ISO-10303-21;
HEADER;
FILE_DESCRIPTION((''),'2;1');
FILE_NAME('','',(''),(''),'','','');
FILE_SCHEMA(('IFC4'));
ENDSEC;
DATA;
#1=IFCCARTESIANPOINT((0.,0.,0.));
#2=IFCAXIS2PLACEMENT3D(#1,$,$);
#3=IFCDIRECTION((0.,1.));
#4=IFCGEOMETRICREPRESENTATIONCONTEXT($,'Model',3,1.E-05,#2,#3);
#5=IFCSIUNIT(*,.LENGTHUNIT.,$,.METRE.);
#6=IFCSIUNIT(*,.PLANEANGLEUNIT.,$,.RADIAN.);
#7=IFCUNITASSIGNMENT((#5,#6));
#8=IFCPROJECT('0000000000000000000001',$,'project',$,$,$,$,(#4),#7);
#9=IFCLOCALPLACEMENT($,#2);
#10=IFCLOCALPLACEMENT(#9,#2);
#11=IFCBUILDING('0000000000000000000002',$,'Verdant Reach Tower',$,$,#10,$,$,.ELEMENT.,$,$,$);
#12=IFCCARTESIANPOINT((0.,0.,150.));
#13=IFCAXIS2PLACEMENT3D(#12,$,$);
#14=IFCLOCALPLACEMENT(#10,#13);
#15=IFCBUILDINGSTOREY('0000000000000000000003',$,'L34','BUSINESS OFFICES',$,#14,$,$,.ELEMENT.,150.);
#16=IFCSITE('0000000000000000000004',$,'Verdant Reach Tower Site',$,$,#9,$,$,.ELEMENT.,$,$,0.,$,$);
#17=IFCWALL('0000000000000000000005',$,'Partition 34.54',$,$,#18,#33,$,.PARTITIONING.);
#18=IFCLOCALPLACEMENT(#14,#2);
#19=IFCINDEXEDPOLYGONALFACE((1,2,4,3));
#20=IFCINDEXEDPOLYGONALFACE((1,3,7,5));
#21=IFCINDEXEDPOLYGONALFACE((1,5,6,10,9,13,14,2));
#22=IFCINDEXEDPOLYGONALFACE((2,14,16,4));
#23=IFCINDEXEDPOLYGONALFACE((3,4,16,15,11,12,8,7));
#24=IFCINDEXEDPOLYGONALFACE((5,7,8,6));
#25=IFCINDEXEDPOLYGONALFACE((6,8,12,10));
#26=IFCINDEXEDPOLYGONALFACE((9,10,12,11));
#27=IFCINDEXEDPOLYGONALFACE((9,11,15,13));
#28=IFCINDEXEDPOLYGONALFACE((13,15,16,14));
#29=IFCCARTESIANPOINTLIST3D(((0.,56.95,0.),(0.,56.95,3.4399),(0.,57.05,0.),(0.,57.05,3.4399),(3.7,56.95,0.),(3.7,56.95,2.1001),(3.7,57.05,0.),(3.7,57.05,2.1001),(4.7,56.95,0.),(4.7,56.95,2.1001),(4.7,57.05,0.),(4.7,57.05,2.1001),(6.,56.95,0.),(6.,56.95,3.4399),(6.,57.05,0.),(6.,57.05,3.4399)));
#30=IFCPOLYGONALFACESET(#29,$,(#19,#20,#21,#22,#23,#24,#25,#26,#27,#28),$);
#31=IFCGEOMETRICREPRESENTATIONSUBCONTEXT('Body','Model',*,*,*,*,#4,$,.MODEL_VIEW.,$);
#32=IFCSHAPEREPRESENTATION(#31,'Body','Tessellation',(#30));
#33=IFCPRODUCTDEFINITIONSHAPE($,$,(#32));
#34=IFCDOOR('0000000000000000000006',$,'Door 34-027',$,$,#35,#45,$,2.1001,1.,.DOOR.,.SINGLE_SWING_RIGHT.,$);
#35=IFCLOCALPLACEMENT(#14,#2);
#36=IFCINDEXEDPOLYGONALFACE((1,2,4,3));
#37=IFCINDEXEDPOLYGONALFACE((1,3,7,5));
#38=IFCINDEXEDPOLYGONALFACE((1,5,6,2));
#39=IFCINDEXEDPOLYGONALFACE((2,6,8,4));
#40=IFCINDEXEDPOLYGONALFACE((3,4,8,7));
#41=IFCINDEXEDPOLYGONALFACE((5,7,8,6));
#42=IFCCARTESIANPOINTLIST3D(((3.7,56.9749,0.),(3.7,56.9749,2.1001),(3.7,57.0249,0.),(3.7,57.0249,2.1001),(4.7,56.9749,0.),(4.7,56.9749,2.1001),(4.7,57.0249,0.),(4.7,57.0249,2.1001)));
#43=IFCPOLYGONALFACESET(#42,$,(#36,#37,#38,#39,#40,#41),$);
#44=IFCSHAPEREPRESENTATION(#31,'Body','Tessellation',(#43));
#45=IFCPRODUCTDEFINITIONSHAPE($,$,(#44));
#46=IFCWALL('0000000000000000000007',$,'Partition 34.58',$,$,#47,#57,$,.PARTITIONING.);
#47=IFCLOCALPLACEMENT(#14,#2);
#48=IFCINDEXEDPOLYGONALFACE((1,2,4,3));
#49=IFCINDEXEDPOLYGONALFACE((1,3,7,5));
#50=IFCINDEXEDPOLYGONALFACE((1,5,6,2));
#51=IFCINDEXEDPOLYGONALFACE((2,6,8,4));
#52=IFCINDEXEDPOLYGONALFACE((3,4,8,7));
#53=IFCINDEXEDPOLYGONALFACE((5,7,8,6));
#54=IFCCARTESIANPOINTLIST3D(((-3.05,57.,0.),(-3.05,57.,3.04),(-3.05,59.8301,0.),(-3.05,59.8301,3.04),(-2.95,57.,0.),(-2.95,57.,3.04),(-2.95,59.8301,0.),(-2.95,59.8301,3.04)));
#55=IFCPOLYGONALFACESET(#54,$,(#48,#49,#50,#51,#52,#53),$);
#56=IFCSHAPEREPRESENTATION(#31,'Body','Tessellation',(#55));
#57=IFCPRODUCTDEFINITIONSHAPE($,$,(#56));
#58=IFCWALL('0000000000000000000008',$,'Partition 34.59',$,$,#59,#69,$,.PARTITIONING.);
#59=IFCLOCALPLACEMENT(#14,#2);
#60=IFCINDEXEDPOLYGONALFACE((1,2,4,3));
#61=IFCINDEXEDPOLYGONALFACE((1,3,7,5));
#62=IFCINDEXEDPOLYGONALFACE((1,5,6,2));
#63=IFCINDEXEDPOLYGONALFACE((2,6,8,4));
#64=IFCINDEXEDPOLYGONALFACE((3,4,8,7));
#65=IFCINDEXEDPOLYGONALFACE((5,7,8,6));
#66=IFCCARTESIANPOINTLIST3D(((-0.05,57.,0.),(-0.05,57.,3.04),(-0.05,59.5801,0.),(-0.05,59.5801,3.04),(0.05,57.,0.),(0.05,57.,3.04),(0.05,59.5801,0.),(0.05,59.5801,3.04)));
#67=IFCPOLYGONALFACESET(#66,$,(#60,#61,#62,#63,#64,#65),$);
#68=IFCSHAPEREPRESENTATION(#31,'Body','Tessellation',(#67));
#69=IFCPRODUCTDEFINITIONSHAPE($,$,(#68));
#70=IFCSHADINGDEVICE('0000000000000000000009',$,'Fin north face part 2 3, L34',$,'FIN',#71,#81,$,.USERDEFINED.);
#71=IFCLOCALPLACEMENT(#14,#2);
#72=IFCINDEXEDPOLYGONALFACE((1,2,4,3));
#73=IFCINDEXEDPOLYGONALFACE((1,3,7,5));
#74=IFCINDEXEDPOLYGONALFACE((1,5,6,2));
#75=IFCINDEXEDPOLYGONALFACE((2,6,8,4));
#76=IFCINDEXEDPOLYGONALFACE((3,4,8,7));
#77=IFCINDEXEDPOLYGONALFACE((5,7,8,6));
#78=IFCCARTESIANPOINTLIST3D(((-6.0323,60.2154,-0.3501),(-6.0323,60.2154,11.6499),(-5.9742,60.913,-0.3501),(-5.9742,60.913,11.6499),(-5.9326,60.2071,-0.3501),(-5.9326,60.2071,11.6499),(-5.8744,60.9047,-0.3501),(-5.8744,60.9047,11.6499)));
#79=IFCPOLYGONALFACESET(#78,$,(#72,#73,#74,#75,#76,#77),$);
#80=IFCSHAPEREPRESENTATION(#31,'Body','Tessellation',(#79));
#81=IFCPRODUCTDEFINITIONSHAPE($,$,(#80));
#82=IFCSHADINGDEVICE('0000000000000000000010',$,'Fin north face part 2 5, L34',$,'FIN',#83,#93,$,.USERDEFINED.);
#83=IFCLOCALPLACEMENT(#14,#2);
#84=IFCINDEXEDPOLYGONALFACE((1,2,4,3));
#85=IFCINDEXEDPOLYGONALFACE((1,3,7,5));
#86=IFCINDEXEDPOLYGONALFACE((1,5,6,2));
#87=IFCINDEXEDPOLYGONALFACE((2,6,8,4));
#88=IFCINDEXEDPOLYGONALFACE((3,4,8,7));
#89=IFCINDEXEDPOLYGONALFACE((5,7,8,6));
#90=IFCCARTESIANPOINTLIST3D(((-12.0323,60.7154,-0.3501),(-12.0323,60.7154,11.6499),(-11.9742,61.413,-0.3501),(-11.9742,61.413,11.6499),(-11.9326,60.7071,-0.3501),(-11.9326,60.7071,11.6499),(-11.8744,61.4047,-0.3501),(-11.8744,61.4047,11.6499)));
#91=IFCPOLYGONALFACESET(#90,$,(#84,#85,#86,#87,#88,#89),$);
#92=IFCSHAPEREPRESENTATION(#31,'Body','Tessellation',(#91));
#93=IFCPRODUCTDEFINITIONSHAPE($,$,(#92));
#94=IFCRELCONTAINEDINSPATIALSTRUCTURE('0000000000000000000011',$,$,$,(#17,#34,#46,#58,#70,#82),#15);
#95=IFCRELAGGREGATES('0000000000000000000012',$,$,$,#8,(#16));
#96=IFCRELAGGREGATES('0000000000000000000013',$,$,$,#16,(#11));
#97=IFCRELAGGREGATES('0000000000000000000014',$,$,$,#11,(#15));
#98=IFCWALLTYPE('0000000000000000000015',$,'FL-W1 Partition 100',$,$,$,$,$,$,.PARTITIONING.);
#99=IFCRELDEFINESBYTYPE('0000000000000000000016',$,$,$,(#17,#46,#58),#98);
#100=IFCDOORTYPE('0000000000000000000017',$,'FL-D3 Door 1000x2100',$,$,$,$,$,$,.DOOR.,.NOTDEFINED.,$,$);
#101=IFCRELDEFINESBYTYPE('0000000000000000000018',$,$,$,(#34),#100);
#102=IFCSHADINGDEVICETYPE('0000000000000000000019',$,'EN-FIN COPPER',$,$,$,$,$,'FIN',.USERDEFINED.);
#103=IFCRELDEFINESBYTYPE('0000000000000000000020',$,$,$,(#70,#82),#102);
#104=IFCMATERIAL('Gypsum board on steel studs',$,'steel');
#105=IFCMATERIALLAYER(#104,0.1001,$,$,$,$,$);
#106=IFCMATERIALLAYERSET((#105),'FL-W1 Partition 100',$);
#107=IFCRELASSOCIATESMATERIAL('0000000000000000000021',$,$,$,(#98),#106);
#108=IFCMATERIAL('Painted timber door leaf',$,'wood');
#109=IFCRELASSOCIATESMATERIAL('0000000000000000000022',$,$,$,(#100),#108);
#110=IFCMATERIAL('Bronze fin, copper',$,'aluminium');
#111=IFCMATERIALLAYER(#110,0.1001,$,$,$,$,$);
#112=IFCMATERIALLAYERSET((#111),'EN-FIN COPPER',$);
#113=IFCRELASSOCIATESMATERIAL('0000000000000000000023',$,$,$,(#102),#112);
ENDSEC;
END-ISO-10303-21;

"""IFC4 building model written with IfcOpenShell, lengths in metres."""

from ifc_helpers import new_model, si_unit, direction, frame, frame_2d, origin, origin_2d, place, context, subcontext, project, spatial, rectangle, extrude, material, layer, layer_set, type_object, element, fill, save


model = new_model("IFC4")

# Units and contexts
model_context = context("Model", 3, precision=1e-05, world=origin(), true_north=direction((0.0, 1.0)))
body_context = subcontext(model_context, "Body", "Model", "MODEL_VIEW")
ifc_project = project(units=[si_unit("LENGTHUNIT", "METRE"), si_unit("PLANEANGLEUNIT", "RADIAN")], contexts=[model_context])

# Site, building, storey
site_placement = place(None, origin())
site = spatial("IfcSite", under=ifc_project, at=site_placement, Name="Verdant Reach Tower Site", CompositionType="ELEMENT", RefElevation=0.0)
building_placement = place(site_placement, origin())
building = spatial("IfcBuilding", under=site, at=building_placement, Name="Verdant Reach Tower", CompositionType="ELEMENT")
storey_placement = place(building_placement, frame((0.0, 0.0, 150.0)))
storey = spatial("IfcBuildingStorey", under=building, at=storey_placement, Name="L34", Description="BUSINESS OFFICES", CompositionType="ELEMENT", Elevation=150.0)

# Wall, opening, door
ifc_material_1 = material(Name="Gypsum board on steel studs", Category="steel")
ifc_layer_1 = layer(ifc_material_1, 0.1001)
ifc_layer_set_1 = layer_set([ifc_layer_1], Name="FL-W1 Partition 100")
wall_type = type_object("IfcWallType", Name="FL-W1 Partition 100", PredefinedType="PARTITIONING", material=ifc_layer_set_1)
ifc_material_2 = material(Name="Painted timber door leaf", Category="wood")
door_type = type_object("IfcDoorType", Name="FL-D3 Door 1000x2100", OperationType="NOTDEFINED", PredefinedType="DOOR", material=ifc_material_2)
wall_1_placement = place(storey_placement, frame((0.0, 57.0, 0.0), z_axis=(0.0, 0.0, 1.0), x_axis=(1.0, 0.0, 0.0)))
wall_1 = element("IfcWall", 1, at=wall_1_placement, inside=storey, type_object=wall_type, Name="Partition 34.54", PredefinedType="PARTITIONING", context=body_context, shape_type="SweptSolid", body=[
    extrude(rectangle(XDim=6.0, YDim=0.1001, at=frame_2d((3.0, 0.0))), origin(), (0.0, 0.0, 1.0), 3.4399),
])
opening_1_placement = place(wall_1_placement, frame((3.7, 0.0, 0.0)))
opening_1 = element("IfcOpeningElement", 2, at=opening_1_placement, cuts=wall_1, PredefinedType="OPENING", context=body_context, shape_type="SweptSolid", body=[
    extrude(rectangle(XDim=1.0, YDim=2.1001, at=frame_2d((0.5, 1.05))), frame((0.0, 0.0601, 0.0), z_axis=(0.0, -1.0, 0.0), x_axis=(1.0, 0.0, 0.0)), (0.0, 0.0, 1.0), 0.1201),
])
door_1_placement = place(opening_1_placement, origin())
door_1 = element("IfcDoor", 3, at=door_1_placement, inside=storey, type_object=door_type, Name="Door 34-027", OperationType="SINGLE_SWING_RIGHT", OverallHeight=2.1001, OverallWidth=1.0, PredefinedType="DOOR", context=body_context, shape_type="SweptSolid", body=[
    extrude(rectangle(XDim=1.0, YDim=2.1001, at=frame_2d((0.5, 1.05))), frame((0.0, 0.0249, 0.0), z_axis=(0.0, -1.0, 0.0), x_axis=(1.0, 0.0, 0.0)), (0.0, 0.0, 1.0), 0.05),
])
fill(opening_1, door_1)

# Walls
wall_2_placement = place(storey_placement, frame((-3.0, 57.0, 0.0), z_axis=(0.0, 0.0, 1.0), x_axis=(0.0, 1.0, 0.0)))
element("IfcWall", 4, at=wall_2_placement, inside=storey, type_object=wall_type, Name="Partition 34.58", PredefinedType="PARTITIONING", context=body_context, shape_type="SweptSolid", body=[
    extrude(rectangle(XDim=2.8301, YDim=0.1001, at=frame_2d((1.415, 0.0))), origin(), (0.0, 0.0, 1.0), 3.04),
])
wall_3_placement = place(storey_placement, frame((0.0, 57.0, 0.0), z_axis=(0.0, 0.0, 1.0), x_axis=(0.0, 1.0, 0.0)))
element("IfcWall", 5, at=wall_3_placement, inside=storey, type_object=wall_type, Name="Partition 34.59", PredefinedType="PARTITIONING", context=body_context, shape_type="SweptSolid", body=[
    extrude(rectangle(XDim=2.5801, YDim=0.1001, at=frame_2d((1.29, 0.0))), origin(), (0.0, 0.0, 1.0), 3.04),
])

# Shading devices
ifc_material_3 = material(Name="Bronze fin, copper", Category="aluminium")
ifc_layer_2 = layer(ifc_material_3, 0.1001)
ifc_layer_set_2 = layer_set([ifc_layer_2], Name="EN-FIN COPPER")
shading_device_type = type_object("IfcShadingDeviceType", Name="EN-FIN COPPER", ElementType="FIN", PredefinedType="USERDEFINED", material=ifc_layer_set_2)
for number, where, z_axis, x_axis, name in (
    (6, (-5.9534, 60.5601, -0.3501), (0.0, 0.0, 1.0), (-0.996546, 0.083045, 0.0), "Fin north face part 2 3, L34"),
    (7, (-11.9534, 61.0601, -0.3501), (0.0, 0.0, 1.0), (-0.996546, 0.083045, 0.0), "Fin north face part 2 5, L34"),
):
    element("IfcShadingDevice", number, at=place(storey_placement, frame(where, z_axis=z_axis, x_axis=x_axis)), inside=storey, type_object=shading_device_type, Name=name, ObjectType="FIN", PredefinedType="USERDEFINED", context=body_context, shape_type="SweptSolid", body=[
        extrude(rectangle(XDim=0.1001, YDim=0.7, at=origin_2d()), origin(), (0.0, 0.0, 1.0), 12.0),
    ])

save(model, "model.ifc")
